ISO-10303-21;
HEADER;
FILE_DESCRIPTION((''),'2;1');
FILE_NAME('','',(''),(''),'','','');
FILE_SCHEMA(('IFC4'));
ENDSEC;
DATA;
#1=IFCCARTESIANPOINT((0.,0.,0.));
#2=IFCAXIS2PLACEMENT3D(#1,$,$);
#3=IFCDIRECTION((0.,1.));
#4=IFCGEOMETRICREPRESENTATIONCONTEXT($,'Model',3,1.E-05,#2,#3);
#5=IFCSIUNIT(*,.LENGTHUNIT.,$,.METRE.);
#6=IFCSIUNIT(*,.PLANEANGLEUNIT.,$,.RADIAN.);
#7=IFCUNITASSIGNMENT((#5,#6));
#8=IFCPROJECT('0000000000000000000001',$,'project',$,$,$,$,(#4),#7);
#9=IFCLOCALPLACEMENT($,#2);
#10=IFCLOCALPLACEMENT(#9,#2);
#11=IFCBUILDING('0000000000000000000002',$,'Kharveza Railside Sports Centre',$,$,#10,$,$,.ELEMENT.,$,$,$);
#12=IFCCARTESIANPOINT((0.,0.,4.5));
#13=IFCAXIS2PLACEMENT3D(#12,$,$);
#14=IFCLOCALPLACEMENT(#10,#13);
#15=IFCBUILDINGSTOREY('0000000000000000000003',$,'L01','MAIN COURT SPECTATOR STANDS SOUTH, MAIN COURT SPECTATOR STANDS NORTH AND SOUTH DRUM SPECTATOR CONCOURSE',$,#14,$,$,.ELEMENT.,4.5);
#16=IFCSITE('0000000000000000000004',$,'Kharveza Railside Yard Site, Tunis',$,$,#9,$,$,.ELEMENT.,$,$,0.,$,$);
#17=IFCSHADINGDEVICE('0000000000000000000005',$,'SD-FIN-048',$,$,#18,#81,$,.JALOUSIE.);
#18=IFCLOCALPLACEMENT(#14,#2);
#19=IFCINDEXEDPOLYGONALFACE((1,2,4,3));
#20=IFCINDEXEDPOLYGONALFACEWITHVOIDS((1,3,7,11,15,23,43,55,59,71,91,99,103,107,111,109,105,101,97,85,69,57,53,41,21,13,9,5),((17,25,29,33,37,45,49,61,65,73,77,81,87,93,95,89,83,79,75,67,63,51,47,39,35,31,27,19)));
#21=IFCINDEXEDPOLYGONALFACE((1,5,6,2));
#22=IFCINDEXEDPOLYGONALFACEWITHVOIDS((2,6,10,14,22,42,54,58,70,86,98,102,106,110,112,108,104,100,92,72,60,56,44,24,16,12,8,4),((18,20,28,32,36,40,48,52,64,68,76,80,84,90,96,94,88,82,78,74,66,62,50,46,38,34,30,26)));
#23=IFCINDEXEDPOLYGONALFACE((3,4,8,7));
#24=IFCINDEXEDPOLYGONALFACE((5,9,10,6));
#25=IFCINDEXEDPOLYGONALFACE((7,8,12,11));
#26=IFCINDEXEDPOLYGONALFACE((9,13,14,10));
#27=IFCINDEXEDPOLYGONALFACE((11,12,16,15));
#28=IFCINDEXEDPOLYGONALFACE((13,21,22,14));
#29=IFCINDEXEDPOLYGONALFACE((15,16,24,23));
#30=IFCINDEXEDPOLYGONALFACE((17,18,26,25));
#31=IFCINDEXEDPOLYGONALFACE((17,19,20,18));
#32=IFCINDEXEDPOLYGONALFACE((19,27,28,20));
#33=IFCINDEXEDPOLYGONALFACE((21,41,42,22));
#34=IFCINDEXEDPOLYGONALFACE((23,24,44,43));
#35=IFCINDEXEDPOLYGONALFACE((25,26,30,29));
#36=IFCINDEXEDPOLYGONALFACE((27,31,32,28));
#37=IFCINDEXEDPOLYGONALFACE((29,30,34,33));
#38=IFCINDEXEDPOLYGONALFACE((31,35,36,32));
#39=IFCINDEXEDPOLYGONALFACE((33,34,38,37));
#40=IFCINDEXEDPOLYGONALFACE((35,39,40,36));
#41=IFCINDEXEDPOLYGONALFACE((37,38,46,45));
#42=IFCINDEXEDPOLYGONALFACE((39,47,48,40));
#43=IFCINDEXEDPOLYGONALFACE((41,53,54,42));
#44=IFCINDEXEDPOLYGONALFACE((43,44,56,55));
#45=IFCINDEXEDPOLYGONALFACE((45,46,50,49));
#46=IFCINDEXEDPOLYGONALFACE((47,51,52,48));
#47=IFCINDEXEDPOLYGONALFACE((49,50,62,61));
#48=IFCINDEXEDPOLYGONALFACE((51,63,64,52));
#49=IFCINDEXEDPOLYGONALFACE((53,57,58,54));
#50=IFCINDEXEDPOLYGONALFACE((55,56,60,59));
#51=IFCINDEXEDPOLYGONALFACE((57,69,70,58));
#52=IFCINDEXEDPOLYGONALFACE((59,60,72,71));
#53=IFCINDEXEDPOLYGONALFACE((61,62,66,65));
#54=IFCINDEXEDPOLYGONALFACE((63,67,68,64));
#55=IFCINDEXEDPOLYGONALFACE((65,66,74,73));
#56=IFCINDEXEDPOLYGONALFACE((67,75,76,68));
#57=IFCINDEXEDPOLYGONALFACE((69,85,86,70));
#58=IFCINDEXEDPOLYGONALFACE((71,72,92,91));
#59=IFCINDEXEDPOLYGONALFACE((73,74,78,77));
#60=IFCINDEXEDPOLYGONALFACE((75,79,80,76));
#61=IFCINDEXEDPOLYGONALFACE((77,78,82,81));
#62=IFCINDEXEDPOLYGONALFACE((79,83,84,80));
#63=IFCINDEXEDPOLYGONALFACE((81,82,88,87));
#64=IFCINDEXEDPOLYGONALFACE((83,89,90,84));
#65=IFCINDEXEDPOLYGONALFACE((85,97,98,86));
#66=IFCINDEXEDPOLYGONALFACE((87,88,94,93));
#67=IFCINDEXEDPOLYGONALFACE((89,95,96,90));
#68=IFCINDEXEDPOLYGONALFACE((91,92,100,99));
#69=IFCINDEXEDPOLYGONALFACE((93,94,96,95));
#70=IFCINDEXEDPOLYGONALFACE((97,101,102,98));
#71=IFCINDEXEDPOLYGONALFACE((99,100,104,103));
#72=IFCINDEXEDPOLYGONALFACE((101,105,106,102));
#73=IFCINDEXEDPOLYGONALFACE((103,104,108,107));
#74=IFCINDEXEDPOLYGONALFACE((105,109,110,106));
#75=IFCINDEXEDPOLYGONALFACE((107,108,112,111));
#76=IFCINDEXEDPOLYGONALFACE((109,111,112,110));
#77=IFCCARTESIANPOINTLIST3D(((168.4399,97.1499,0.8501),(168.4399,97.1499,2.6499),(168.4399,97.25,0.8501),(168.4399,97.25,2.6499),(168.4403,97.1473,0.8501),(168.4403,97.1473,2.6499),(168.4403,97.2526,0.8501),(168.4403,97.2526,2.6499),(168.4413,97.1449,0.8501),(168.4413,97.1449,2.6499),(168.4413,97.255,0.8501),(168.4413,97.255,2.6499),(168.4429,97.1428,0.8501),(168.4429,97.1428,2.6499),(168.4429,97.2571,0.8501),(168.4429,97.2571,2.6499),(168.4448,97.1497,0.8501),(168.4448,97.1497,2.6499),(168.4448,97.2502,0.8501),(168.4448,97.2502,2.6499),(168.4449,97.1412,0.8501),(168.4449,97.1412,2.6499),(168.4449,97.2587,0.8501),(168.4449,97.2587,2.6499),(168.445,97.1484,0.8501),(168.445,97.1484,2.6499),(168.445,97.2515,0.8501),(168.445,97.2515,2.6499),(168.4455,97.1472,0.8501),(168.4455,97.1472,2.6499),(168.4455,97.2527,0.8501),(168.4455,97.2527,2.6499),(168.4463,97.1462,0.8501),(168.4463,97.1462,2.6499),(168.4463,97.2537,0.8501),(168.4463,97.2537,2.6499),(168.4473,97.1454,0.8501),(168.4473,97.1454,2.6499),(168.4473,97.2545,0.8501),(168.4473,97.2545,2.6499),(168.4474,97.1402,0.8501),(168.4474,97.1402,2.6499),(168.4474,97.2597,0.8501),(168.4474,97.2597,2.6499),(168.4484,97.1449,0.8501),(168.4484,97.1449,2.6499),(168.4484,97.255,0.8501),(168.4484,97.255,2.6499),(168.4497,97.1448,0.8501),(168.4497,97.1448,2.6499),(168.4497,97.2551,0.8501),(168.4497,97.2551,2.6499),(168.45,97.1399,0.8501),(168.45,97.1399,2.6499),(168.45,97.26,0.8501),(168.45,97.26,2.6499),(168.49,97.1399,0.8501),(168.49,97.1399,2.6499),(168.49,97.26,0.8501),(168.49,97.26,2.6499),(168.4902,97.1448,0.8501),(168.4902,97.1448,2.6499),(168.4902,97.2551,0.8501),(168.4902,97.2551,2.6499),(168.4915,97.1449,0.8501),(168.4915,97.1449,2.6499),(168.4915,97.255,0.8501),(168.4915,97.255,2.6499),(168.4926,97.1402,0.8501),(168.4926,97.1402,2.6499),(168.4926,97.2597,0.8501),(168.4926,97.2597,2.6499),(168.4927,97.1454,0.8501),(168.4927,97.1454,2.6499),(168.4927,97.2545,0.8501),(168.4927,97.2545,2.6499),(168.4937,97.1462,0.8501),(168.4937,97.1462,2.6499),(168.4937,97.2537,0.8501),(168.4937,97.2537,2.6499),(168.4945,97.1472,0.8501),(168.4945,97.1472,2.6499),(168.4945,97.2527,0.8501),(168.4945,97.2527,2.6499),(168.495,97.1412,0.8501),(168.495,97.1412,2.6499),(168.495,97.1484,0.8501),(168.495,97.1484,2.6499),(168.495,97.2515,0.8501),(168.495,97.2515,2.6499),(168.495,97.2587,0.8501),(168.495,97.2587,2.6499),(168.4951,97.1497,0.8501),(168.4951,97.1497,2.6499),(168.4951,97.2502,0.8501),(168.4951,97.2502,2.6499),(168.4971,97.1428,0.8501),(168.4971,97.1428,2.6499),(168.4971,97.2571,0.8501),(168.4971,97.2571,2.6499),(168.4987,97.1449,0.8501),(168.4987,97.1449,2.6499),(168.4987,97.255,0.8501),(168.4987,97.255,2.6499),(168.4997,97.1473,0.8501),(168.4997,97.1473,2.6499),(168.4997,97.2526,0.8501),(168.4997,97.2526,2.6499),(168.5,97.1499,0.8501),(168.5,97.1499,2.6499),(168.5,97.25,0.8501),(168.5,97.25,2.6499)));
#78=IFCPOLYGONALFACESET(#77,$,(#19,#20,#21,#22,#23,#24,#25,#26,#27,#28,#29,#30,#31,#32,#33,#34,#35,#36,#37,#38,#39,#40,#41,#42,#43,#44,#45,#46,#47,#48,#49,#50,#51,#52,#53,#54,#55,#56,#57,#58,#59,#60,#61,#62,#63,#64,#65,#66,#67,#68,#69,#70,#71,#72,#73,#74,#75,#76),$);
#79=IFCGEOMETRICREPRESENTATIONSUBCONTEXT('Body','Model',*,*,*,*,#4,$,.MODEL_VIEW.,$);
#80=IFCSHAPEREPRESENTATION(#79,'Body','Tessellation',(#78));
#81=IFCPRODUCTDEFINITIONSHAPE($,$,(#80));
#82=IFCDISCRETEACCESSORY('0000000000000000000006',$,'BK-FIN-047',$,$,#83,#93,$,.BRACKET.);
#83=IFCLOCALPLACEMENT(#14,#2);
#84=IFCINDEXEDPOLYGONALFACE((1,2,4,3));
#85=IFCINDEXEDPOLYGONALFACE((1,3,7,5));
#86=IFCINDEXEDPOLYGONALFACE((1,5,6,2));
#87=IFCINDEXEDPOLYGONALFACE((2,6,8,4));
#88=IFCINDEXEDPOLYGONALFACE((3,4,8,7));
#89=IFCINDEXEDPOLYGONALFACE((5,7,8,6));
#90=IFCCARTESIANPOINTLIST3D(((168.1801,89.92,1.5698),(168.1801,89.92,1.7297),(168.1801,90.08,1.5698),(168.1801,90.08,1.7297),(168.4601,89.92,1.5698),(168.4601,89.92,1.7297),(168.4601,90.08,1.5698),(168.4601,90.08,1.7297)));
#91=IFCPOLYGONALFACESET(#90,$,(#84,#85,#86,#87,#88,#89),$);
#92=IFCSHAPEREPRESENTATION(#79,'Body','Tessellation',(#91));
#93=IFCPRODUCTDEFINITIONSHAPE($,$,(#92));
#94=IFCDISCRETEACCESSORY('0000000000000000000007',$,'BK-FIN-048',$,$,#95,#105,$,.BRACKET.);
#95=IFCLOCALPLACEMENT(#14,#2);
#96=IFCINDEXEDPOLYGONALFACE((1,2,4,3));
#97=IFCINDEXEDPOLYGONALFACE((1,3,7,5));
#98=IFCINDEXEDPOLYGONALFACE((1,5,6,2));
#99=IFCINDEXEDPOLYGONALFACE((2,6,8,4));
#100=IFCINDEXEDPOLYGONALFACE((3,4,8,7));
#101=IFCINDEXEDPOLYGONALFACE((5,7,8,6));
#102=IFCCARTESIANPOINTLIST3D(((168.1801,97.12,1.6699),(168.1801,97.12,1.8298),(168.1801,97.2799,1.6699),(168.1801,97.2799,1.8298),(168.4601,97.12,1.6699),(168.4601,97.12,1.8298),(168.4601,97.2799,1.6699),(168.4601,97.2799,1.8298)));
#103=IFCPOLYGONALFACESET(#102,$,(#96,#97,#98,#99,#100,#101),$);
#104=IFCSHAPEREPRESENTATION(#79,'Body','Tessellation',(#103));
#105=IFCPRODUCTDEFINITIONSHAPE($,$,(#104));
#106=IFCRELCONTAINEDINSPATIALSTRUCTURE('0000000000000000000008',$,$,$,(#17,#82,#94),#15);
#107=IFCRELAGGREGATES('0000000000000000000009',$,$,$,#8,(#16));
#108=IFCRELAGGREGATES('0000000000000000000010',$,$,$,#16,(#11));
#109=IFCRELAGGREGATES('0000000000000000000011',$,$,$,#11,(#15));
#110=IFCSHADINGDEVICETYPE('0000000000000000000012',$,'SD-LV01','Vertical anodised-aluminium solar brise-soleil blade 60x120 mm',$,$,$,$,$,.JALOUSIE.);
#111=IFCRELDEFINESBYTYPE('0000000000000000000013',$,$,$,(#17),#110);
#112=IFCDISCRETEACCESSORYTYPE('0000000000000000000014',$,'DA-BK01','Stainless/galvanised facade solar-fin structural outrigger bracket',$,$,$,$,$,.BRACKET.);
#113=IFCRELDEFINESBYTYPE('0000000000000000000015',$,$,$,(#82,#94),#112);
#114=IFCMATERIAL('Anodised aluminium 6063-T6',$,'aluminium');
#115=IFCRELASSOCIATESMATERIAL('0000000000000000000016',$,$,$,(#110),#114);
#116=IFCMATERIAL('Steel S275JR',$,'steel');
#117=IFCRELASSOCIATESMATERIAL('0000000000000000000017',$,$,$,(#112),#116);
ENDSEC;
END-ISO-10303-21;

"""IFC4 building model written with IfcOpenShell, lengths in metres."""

from ifc_helpers import new_model, si_unit, direction, frame, origin, origin_2d, place, context, subcontext, project, spatial, rectangle, hollow_rectangle, extrude, material, material_profile, profile_set, type_object, element, save


model = new_model("IFC4")

# Units and contexts
model_context = context("Model", 3, precision=1e-05, world=origin(), true_north=direction((0.0, 1.0)))
body_context = subcontext(model_context, "Body", "Model", "MODEL_VIEW")
ifc_project = project(units=[si_unit("LENGTHUNIT", "METRE"), si_unit("PLANEANGLEUNIT", "RADIAN")], contexts=[model_context])

# Site, building, storey
site_placement = place(None, origin())
site = spatial("IfcSite", under=ifc_project, at=site_placement, Name="Kharveza Railside Yard Site, Tunis", CompositionType="ELEMENT", RefElevation=0.0)
building_placement = place(site_placement, origin())
building = spatial("IfcBuilding", under=site, at=building_placement, Name="Kharveza Railside Sports Centre", CompositionType="ELEMENT")
storey_placement = place(building_placement, frame((0.0, 0.0, 4.5)))
storey = spatial("IfcBuildingStorey", under=building, at=storey_placement, Name="L01", Description="MAIN COURT SPECTATOR STANDS SOUTH, MAIN COURT SPECTATOR STANDS NORTH AND SOUTH DRUM SPECTATOR CONCOURSE", CompositionType="ELEMENT", Elevation=4.5)

# Shared definitions
ifc_material_1 = material(Name="Anodised aluminium 6063-T6", Category="aluminium")

# Shared definitions
ifc_material_2 = material(Name="Steel S275JR", Category="steel")

# Shading device
ifc_material_profile_1 = material_profile(ifc_material_1, hollow_rectangle(XDim=0.0601, YDim=0.1201, WallThickness=0.0049, InnerFilletRadius=0.0049, OuterFilletRadius=0.01, at=origin_2d()), Name="RHS 60x120x5.0")
ifc_profile_set_1 = profile_set([ifc_material_profile_1], Name="Anodised aluminium 6063-T6")
shading_device_type = type_object("IfcShadingDeviceType", Name="SD-LV01", Description="Vertical anodised-aluminium solar brise-soleil blade 60x120 mm", PredefinedType="JALOUSIE", material=ifc_profile_set_1)
shading_device_1_placement = place(storey_placement, frame((168.47, 97.2, 0.8501), z_axis=(0.0, 0.0, 1.0), x_axis=(1.0, 0.0, 0.0)))
element("IfcShadingDevice", 1, at=shading_device_1_placement, inside=storey, type_object=shading_device_type, Name="SD-FIN-048", PredefinedType="JALOUSIE", context=body_context, shape_type="SweptSolid", body=[
    extrude(hollow_rectangle(XDim=0.0601, YDim=0.1201, WallThickness=0.0049, InnerFilletRadius=0.0049, OuterFilletRadius=0.01, at=origin_2d()), origin(), (0.0, 0.0, 1.0), 1.7998),
])

# Discrete accessories
discrete_accessory_type = type_object("IfcDiscreteAccessoryType", Name="DA-BK01", Description="Stainless/galvanised facade solar-fin structural outrigger bracket", PredefinedType="BRACKET", material=ifc_material_2)
for number, where, z_axis, x_axis, name in (
    (2, (168.3201, 90.0, 1.5698), (0.0, 0.0, 1.0), (1.0, 0.0, 0.0), "BK-FIN-047"),
    (3, (168.3201, 97.2, 1.6699), (0.0, 0.0, 1.0), (1.0, 0.0, 0.0), "BK-FIN-048"),
):
    element("IfcDiscreteAccessory", number, at=place(storey_placement, frame(where, z_axis=z_axis, x_axis=x_axis)), inside=storey, type_object=discrete_accessory_type, Name=name, PredefinedType="BRACKET", context=body_context, shape_type="SweptSolid", body=[
        extrude(rectangle(XDim=0.28, YDim=0.1599, at=origin_2d()), origin(), (0.0, 0.0, 1.0), 0.1599),
    ])

save(model, "model.ifc")
